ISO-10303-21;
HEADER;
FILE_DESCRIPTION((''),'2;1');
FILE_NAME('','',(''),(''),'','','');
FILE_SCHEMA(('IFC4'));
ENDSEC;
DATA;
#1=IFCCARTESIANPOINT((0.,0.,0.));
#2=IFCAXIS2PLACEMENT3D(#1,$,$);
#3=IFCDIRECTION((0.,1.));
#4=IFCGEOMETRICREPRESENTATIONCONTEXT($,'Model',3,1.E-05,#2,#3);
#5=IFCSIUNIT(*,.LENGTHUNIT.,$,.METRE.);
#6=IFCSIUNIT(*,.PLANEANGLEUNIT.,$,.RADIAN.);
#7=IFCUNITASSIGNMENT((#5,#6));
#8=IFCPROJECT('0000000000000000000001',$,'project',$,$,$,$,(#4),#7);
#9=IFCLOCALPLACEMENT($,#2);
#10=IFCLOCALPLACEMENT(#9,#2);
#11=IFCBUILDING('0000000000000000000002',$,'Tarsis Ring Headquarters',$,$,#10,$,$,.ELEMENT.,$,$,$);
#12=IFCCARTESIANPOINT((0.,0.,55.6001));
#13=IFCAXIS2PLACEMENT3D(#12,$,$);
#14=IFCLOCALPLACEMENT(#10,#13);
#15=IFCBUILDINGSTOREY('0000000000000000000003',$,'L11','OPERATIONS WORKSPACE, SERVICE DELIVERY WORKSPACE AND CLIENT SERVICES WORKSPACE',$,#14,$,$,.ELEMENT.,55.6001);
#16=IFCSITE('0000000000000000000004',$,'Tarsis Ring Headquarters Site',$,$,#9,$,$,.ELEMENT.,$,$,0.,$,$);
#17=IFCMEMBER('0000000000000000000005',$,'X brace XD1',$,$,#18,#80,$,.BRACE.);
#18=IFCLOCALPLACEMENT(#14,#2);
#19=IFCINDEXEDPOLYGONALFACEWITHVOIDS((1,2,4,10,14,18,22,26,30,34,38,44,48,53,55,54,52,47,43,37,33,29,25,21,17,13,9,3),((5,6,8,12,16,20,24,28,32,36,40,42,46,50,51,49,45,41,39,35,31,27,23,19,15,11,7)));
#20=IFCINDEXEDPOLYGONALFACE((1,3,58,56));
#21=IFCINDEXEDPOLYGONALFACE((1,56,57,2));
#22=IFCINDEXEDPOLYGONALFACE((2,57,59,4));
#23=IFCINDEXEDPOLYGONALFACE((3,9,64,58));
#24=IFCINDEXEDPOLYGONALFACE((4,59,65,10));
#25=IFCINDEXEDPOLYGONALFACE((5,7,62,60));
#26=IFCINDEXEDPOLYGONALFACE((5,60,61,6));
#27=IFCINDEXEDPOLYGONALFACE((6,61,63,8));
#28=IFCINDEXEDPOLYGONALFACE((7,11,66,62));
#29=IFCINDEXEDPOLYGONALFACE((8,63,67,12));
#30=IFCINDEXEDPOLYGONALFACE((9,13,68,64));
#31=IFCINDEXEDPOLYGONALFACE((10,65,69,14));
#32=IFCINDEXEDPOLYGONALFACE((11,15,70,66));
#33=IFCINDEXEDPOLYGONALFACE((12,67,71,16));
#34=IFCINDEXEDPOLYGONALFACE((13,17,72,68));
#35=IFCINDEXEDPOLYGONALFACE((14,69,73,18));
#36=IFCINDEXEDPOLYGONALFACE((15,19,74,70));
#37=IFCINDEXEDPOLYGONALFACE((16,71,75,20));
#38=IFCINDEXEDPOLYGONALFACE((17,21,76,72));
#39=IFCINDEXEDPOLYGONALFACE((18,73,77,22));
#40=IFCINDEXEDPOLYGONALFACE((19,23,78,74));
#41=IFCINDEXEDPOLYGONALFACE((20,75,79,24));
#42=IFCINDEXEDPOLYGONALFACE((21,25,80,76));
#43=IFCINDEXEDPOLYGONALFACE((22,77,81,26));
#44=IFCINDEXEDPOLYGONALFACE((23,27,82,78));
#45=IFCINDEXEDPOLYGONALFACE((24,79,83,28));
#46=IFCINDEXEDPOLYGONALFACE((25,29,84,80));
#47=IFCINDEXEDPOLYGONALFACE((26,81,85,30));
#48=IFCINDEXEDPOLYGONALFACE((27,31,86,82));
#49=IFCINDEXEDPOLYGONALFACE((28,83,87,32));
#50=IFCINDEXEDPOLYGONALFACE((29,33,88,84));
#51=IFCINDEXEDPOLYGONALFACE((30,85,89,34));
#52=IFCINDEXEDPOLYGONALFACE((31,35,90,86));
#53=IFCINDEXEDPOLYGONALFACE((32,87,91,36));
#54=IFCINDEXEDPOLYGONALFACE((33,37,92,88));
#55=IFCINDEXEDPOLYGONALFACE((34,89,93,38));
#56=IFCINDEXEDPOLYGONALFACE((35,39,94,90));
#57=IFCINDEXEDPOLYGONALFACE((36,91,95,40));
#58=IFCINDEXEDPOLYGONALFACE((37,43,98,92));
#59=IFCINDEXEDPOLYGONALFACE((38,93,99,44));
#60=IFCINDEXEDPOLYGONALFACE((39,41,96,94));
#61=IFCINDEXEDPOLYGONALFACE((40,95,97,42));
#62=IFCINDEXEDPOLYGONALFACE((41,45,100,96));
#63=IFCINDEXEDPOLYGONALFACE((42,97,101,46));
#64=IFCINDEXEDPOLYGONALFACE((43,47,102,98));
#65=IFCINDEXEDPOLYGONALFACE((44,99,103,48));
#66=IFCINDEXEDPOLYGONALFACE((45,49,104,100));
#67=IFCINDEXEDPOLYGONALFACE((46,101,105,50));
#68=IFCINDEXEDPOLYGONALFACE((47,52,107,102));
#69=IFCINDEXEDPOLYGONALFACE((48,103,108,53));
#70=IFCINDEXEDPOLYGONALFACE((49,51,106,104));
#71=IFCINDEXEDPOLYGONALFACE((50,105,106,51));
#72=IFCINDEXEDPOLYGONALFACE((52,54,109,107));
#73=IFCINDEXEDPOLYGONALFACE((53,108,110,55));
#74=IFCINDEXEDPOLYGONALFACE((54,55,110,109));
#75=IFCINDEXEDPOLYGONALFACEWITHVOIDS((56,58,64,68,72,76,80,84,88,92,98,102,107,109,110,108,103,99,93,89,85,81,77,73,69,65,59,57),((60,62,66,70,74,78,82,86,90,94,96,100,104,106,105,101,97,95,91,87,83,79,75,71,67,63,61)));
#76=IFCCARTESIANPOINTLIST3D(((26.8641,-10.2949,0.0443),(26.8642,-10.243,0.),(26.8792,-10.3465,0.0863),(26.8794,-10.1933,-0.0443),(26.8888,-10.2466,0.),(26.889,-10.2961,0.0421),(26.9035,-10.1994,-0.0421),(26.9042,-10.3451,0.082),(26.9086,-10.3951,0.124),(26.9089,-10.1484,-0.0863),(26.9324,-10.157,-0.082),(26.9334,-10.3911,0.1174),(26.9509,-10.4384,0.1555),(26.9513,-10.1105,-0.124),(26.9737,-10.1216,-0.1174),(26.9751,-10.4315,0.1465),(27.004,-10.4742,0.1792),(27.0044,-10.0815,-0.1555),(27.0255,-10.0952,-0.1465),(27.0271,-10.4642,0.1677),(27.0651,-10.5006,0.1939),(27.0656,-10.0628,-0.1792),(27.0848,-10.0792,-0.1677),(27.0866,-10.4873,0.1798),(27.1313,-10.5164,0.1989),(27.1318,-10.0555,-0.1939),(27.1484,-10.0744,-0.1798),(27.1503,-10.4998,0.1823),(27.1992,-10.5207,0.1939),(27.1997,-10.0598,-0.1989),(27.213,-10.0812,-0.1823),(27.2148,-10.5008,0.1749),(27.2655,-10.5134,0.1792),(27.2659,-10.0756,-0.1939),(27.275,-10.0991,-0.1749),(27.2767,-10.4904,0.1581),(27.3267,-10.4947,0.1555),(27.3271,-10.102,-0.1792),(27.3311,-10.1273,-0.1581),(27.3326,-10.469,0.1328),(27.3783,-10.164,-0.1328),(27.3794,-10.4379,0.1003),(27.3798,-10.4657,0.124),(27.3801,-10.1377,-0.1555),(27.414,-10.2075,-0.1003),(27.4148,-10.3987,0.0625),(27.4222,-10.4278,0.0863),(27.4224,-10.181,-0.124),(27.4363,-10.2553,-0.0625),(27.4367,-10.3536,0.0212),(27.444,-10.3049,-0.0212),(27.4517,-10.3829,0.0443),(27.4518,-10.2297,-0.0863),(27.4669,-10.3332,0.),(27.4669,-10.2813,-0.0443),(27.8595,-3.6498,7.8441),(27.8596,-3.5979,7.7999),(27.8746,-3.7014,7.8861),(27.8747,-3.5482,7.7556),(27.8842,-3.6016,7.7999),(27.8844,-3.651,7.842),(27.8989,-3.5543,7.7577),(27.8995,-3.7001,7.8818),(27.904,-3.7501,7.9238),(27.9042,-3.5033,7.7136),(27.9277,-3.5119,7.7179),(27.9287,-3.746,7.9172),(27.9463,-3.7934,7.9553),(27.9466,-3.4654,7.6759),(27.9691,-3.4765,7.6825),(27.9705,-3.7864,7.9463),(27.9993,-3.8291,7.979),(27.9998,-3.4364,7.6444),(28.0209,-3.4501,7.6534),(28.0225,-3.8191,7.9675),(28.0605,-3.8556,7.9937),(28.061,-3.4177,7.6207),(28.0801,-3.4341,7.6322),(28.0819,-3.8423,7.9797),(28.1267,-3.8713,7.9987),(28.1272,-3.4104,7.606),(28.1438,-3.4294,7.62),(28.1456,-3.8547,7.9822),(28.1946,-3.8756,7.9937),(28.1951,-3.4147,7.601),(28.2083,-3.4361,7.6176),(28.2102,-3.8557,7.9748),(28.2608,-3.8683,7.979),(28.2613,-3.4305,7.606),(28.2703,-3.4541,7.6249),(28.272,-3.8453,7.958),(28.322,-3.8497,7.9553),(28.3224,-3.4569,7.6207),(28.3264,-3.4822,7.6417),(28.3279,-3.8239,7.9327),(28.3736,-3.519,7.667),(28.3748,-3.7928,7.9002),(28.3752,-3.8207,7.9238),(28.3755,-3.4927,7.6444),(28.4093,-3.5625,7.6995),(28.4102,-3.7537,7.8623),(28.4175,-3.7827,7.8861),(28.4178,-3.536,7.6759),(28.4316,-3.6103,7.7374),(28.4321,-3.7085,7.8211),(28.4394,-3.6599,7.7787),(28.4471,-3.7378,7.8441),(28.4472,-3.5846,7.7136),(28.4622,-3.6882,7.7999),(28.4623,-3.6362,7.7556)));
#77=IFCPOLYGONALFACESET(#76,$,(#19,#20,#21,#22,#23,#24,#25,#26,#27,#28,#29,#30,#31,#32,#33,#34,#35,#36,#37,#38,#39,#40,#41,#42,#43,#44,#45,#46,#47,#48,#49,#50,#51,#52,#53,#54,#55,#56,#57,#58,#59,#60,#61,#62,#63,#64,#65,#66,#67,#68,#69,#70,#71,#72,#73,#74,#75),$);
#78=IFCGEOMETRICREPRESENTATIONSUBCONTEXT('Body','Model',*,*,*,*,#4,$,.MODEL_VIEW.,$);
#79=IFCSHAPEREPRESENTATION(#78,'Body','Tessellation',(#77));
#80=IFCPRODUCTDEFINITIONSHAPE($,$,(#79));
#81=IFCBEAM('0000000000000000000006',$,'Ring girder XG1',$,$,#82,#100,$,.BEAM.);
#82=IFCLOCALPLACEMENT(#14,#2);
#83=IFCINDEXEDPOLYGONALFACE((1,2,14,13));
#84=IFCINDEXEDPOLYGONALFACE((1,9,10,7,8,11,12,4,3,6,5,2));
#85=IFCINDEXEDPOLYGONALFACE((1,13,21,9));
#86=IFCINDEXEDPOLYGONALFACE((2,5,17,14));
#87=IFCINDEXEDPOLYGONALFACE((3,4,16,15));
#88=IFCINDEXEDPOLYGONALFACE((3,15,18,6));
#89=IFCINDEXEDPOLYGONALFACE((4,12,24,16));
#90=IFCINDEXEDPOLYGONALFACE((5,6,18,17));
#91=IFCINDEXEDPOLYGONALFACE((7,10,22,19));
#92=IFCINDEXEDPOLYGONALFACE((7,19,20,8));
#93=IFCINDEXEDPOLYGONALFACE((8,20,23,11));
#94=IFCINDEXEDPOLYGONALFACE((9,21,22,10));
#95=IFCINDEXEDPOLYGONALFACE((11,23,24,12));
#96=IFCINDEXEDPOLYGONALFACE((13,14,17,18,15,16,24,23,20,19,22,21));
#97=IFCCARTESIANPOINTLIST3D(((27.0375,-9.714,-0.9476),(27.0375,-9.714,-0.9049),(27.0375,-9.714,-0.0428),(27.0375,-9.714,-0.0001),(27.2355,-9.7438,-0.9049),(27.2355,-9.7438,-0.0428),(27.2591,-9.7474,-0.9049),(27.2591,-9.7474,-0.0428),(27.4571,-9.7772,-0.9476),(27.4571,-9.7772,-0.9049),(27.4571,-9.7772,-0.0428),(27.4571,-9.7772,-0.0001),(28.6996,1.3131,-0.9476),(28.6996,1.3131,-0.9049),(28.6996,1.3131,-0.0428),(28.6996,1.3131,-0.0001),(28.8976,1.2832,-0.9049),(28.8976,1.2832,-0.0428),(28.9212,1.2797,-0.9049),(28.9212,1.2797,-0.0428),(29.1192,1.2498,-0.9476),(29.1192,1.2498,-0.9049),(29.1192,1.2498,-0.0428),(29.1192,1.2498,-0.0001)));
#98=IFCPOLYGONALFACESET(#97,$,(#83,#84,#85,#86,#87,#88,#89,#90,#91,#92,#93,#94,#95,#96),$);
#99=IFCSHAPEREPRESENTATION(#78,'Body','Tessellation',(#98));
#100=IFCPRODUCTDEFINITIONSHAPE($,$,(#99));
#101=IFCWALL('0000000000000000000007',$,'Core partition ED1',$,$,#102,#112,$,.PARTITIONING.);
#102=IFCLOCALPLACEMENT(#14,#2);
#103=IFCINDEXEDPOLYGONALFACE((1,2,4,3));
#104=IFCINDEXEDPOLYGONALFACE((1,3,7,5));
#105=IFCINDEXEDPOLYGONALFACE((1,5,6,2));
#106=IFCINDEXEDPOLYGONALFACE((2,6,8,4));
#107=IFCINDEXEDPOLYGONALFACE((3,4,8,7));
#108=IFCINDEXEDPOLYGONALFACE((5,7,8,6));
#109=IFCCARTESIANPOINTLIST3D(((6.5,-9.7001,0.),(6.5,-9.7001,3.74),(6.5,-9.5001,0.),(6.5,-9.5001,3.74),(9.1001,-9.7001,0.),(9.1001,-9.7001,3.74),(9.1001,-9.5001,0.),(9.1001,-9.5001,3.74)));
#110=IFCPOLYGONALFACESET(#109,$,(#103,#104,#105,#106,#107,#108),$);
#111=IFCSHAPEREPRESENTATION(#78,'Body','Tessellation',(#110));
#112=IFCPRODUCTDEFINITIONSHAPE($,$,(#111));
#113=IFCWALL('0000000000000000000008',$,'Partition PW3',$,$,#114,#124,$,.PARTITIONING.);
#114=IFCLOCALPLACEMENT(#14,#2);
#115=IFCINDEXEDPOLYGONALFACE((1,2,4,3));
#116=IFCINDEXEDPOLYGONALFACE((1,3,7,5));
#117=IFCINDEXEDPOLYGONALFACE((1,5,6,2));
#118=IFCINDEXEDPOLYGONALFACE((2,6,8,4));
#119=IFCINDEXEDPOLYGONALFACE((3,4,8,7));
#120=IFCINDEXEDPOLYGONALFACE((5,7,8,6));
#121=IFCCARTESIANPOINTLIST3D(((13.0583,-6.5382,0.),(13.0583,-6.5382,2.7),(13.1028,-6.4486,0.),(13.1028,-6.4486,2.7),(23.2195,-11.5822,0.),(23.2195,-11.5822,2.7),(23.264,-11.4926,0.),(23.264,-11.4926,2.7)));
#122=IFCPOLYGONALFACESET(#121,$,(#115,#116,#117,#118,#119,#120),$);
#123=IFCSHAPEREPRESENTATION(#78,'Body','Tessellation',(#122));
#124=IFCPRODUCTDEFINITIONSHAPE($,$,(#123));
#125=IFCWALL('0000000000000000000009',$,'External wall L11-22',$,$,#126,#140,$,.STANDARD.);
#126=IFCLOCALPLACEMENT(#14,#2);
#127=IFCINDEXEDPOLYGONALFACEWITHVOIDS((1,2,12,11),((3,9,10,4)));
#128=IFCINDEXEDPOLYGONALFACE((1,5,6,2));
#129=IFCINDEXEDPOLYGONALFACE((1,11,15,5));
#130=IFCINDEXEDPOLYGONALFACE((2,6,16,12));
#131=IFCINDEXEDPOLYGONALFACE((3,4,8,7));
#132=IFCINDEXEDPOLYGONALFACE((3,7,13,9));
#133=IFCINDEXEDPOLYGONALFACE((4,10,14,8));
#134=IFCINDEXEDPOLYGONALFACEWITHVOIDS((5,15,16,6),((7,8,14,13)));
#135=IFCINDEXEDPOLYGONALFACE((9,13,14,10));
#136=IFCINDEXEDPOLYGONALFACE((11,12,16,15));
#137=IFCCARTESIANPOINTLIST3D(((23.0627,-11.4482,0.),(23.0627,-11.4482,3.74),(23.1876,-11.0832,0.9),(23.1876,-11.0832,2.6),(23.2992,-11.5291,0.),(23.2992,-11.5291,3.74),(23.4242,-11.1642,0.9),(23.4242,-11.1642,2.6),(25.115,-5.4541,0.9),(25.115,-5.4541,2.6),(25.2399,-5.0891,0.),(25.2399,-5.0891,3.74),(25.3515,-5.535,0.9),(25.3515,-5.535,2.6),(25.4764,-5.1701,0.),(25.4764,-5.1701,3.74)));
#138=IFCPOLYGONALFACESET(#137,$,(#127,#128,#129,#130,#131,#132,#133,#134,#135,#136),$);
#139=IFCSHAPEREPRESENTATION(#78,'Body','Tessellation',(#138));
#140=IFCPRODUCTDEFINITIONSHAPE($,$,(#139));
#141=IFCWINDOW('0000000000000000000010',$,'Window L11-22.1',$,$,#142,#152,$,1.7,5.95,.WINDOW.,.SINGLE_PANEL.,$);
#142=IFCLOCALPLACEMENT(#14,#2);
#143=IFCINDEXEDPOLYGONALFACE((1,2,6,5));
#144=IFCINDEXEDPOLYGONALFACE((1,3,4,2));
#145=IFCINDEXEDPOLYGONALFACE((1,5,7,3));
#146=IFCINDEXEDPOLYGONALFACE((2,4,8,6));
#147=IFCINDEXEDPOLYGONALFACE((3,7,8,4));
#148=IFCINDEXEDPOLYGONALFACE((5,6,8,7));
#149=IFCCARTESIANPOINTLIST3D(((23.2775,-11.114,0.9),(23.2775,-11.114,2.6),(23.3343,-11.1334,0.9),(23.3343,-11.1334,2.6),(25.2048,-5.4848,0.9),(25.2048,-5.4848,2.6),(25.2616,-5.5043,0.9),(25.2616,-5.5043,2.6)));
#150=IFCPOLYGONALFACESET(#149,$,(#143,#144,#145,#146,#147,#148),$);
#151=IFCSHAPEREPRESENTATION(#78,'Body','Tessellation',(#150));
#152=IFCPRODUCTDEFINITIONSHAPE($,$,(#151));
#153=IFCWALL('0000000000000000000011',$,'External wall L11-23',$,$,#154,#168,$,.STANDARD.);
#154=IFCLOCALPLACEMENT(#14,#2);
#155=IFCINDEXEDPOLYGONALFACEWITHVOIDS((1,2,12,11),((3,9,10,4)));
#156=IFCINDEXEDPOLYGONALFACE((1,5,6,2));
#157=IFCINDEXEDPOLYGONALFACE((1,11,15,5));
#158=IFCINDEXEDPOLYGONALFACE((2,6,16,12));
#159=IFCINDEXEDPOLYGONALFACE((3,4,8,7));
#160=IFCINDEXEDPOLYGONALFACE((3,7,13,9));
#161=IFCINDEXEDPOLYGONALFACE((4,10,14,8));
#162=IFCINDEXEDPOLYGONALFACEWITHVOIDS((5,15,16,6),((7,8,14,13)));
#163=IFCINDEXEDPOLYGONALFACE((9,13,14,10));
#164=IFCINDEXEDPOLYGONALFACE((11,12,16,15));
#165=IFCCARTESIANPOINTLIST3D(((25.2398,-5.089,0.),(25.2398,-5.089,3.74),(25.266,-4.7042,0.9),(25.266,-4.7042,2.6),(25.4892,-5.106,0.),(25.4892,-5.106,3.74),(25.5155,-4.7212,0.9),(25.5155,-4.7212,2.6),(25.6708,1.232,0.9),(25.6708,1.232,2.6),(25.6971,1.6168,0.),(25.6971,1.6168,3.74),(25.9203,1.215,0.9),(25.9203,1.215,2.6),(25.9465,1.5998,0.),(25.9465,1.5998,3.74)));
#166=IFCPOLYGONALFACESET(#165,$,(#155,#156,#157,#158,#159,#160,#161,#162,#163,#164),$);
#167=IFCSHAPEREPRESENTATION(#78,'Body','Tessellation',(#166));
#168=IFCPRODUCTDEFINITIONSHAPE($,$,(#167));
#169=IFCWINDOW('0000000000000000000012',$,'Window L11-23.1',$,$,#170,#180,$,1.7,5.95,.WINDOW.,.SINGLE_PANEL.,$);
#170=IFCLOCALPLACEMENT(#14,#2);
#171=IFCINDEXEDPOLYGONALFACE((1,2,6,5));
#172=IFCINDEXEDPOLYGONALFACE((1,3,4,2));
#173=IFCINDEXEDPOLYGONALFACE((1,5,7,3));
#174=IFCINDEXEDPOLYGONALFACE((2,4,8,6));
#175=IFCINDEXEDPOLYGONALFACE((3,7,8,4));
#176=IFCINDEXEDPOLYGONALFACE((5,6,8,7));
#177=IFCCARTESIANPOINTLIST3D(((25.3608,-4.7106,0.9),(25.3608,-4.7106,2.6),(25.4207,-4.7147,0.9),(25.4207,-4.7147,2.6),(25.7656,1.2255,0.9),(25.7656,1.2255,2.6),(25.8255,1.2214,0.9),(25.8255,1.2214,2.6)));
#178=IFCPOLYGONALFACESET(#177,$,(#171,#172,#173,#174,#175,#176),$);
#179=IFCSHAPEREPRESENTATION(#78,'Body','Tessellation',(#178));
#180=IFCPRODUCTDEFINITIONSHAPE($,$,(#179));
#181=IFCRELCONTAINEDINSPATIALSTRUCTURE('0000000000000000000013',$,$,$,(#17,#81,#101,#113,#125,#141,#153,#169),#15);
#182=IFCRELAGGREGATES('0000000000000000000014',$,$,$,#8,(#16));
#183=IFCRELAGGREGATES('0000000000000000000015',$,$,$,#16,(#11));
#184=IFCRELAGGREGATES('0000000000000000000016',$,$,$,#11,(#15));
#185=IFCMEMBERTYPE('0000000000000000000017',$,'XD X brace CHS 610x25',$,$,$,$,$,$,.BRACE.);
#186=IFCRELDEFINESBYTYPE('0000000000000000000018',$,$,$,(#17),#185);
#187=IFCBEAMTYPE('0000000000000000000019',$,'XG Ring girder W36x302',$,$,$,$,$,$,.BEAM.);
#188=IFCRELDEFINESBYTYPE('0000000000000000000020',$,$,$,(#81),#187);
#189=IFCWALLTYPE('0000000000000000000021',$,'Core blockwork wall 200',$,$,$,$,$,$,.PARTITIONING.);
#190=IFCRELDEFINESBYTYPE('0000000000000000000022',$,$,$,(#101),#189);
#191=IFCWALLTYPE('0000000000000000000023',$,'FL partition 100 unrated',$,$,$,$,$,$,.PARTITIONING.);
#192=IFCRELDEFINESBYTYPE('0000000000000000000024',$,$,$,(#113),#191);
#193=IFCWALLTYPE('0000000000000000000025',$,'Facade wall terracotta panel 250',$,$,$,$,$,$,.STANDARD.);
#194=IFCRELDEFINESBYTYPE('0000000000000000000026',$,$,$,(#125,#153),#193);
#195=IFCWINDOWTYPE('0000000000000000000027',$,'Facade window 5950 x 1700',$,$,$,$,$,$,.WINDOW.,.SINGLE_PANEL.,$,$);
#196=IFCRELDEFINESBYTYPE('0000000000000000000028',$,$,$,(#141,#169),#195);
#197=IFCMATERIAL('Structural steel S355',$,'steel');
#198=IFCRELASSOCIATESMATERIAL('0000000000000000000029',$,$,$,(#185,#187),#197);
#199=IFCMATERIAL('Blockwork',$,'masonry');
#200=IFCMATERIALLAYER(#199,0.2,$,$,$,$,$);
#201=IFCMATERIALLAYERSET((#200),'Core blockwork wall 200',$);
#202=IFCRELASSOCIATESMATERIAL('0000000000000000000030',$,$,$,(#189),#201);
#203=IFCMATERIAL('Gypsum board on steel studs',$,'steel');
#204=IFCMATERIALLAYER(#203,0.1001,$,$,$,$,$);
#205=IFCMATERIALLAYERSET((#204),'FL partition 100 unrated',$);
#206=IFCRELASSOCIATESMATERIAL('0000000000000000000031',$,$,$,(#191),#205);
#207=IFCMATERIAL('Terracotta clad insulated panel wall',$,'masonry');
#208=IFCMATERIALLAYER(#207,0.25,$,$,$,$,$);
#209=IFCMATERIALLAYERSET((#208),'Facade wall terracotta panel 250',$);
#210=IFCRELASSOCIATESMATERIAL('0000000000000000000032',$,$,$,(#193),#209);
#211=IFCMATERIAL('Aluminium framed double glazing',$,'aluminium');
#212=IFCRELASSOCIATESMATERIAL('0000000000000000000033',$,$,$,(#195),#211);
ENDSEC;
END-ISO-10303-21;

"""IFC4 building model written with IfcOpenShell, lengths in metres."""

from ifc_helpers import new_model, si_unit, direction, frame, frame_2d, origin, origin_2d, place, context, subcontext, project, spatial, rectangle, hollow_circle, i_section, extrude, material, layer, layer_set, material_profile, profile_set, type_object, element, fill, save


model = new_model("IFC4")

# Units and contexts
model_context = context("Model", 3, precision=1e-05, world=origin(), true_north=direction((0.0, 1.0)))
body_context = subcontext(model_context, "Body", "Model", "MODEL_VIEW")
ifc_project = project(units=[si_unit("LENGTHUNIT", "METRE"), si_unit("PLANEANGLEUNIT", "RADIAN")], contexts=[model_context])

# Site, building, storey
site_placement = place(None, origin())
site = spatial("IfcSite", under=ifc_project, at=site_placement, Name="Tarsis Ring Headquarters Site", CompositionType="ELEMENT", RefElevation=0.0)
building_placement = place(site_placement, origin())
building = spatial("IfcBuilding", under=site, at=building_placement, Name="Tarsis Ring Headquarters", CompositionType="ELEMENT")
storey_placement = place(building_placement, frame((0.0, 0.0, 55.6001)))
storey = spatial("IfcBuildingStorey", under=building, at=storey_placement, Name="L11", Description="OPERATIONS WORKSPACE, SERVICE DELIVERY WORKSPACE AND CLIENT SERVICES WORKSPACE", CompositionType="ELEMENT", Elevation=55.6001)

# Shared definitions
ifc_material_1 = material(Name="Structural steel S355", Category="steel")

# Member
ifc_material_profile_1 = material_profile(ifc_material_1, hollow_circle(Radius=0.3047, WallThickness=0.0249, at=origin_2d()), Name="CHS 610x25")
ifc_profile_set_1 = profile_set([ifc_material_profile_1], Name="Structural steel S355")
member_type = type_object("IfcMemberType", Name="XD X brace CHS 610x25", PredefinedType="BRACE", material=ifc_profile_set_1)
member_placement = place(storey_placement, frame((27.1655, -10.2881, 0.0), z_axis=(0.096685, 0.64547, 0.757641), x_axis=(-0.988967, 0.148138, 0.0)))
element("IfcMember", 1, at=member_placement, inside=storey, type_object=member_type, Name="X brace XD1", PredefinedType="BRACE", context=body_context, shape_type="SweptSolid", body=[
    extrude(hollow_circle(Radius=0.3047, WallThickness=0.0249, at=origin_2d()), origin(), (0.0, 0.0, 1.0), 10.2949),
])

# Beam
ifc_material_profile_2 = material_profile(ifc_material_1, i_section(OverallWidth=0.4243, OverallDepth=0.9475, WebThickness=0.0239, FlangeThickness=0.0427, at=origin_2d()), Name="W36x302")
ifc_profile_set_2 = profile_set([ifc_material_profile_2], Name="Structural steel S355")
beam_type_1 = type_object("IfcBeamType", Name="XG Ring girder W36x302", PredefinedType="BEAM", material=ifc_profile_set_2)
beam_1_placement = place(storey_placement, frame((27.2473, -9.7456, -0.4739), z_axis=(0.149046, 0.98883, 0.0), x_axis=(-0.98883, 0.149046, 0.0)))
element("IfcBeam", 2, at=beam_1_placement, inside=storey, type_object=beam_type_1, Name="Ring girder XG1", PredefinedType="BEAM", context=body_context, shape_type="SweptSolid", body=[
    extrude(i_section(OverallWidth=0.4243, OverallDepth=0.9475, WebThickness=0.0239, FlangeThickness=0.0427, at=origin_2d()), origin(), (0.0, 0.0, 1.0), 11.1516),
])

# Walls
ifc_material_2 = material(Name="Blockwork", Category="masonry")
ifc_layer_1 = layer(ifc_material_2, 0.2)
ifc_layer_set_1 = layer_set([ifc_layer_1], Name="Core blockwork wall 200")
wall_type_1 = type_object("IfcWallType", Name="Core blockwork wall 200", PredefinedType="PARTITIONING", material=ifc_layer_set_1)
wall_1_placement = place(storey_placement, frame((6.5, -9.6001, 0.0), z_axis=(0.0, 0.0, 1.0), x_axis=(1.0, 0.0, 0.0)))
element("IfcWall", 3, at=wall_1_placement, inside=storey, type_object=wall_type_1, Name="Core partition ED1", PredefinedType="PARTITIONING", context=body_context, shape_type="SweptSolid", body=[
    extrude(rectangle(XDim=2.6001, YDim=0.2, at=frame_2d((1.3, 0.0))), origin(), (0.0, 0.0, 1.0), 3.74),
])
ifc_material_3 = material(Name="Gypsum board on steel studs", Category="steel")
ifc_layer_2 = layer(ifc_material_3, 0.1001)
ifc_layer_set_2 = layer_set([ifc_layer_2], Name="FL partition 100 unrated")
wall_type_2 = type_object("IfcWallType", Name="FL partition 100 unrated", PredefinedType="PARTITIONING", material=ifc_layer_set_2)
wall_2_placement = place(storey_placement, frame((13.0806, -6.4934, 0.0), z_axis=(0.0, 0.0, 1.0), x_axis=(0.895715, -0.444629, 0.0)))
element("IfcWall", 4, at=wall_2_placement, inside=storey, type_object=wall_type_2, Name="Partition PW3", PredefinedType="PARTITIONING", context=body_context, shape_type="SweptSolid", body=[
    extrude(rectangle(XDim=11.3442, YDim=0.1001, at=frame_2d((5.6721, 0.0))), origin(), (0.0, 0.0, 1.0), 2.7),
])

# Walls, openings, windows
ifc_material_4 = material(Name="Terracotta clad insulated panel wall", Category="masonry")
ifc_layer_3 = layer(ifc_material_4, 0.25)
ifc_layer_set_3 = layer_set([ifc_layer_3], Name="Facade wall terracotta panel 250")
wall_type_3 = type_object("IfcWallType", Name="Facade wall terracotta panel 250", PredefinedType="STANDARD", material=ifc_layer_set_3)
wall_3_placement = place(storey_placement, frame((23.1809, -11.4888, 0.0), z_axis=(0.0, 0.0, 1.0), x_axis=(0.323921, 0.946084, 0.0)))
wall_3 = element("IfcWall", 5, at=wall_3_placement, inside=storey, type_object=wall_type_3, Name="External wall L11-22", PredefinedType="STANDARD", context=body_context, shape_type="SweptSolid", body=[
    extrude(rectangle(XDim=6.7214, YDim=0.25, at=frame_2d((3.3608, 0.0))), origin(), (0.0, 0.0, 1.0), 3.74),
])
opening_1_placement = place(wall_3_placement, frame((0.3857, 0.0, 0.8999)))
opening_1 = element("IfcOpeningElement", 6, at=opening_1_placement, cuts=wall_3, PredefinedType="OPENING", context=body_context, shape_type="SweptSolid", body=[
    extrude(rectangle(XDim=5.95, YDim=1.7, at=frame_2d((2.9751, 0.8501))), frame((0.0, 0.135, 0.0), z_axis=(0.0, -1.0, 0.0), x_axis=(1.0, 0.0, 0.0)), (0.0, 0.0, 1.0), 0.27),
])
ifc_material_5 = material(Name="Aluminium framed double glazing", Category="aluminium")
window_type = type_object("IfcWindowType", Name="Facade window 5950 x 1700", PartitioningType="SINGLE_PANEL", PredefinedType="WINDOW", material=ifc_material_5)
window_1_placement = place(opening_1_placement, origin())
window_1 = element("IfcWindow", 7, at=window_1_placement, inside=storey, type_object=window_type, Name="Window L11-22.1", OverallHeight=1.7, OverallWidth=5.95, PartitioningType="SINGLE_PANEL", PredefinedType="WINDOW", context=body_context, shape_type="SweptSolid", body=[
    extrude(rectangle(XDim=5.95, YDim=1.7, at=frame_2d((2.9751, 0.8501))), frame((0.0, 0.03, 0.0), z_axis=(0.0, -1.0, 0.0), x_axis=(1.0, 0.0, 0.0)), (0.0, 0.0, 1.0), 0.0601),
])
fill(opening_1, window_1)
wall_4_placement = place(storey_placement, frame((25.3645, -5.0977, 0.0), z_axis=(0.0, 0.0, 1.0), x_axis=(0.068033, 0.997683, 0.0)))
wall_4 = element("IfcWall", 8, at=wall_4_placement, inside=storey, type_object=wall_type_3, Name="External wall L11-23", PredefinedType="STANDARD", context=body_context, shape_type="SweptSolid", body=[
    extrude(rectangle(XDim=6.7214, YDim=0.25, at=frame_2d((3.3608, 0.0))), origin(), (0.0, 0.0, 1.0), 3.74),
])
opening_2_placement = place(wall_4_placement, frame((0.3857, 0.0, 0.8999)))
opening_2 = element("IfcOpeningElement", 9, at=opening_2_placement, cuts=wall_4, PredefinedType="OPENING", context=body_context, shape_type="SweptSolid", body=[
    extrude(rectangle(XDim=5.95, YDim=1.7, at=frame_2d((2.9751, 0.8501))), frame((0.0, 0.135, 0.0), z_axis=(0.0, -1.0, 0.0), x_axis=(1.0, 0.0, 0.0)), (0.0, 0.0, 1.0), 0.27),
])
window_2_placement = place(opening_2_placement, origin())
window_2 = element("IfcWindow", 10, at=window_2_placement, inside=storey, type_object=window_type, Name="Window L11-23.1", OverallHeight=1.7, OverallWidth=5.95, PartitioningType="SINGLE_PANEL", PredefinedType="WINDOW", context=body_context, shape_type="SweptSolid", body=[
    extrude(rectangle(XDim=5.95, YDim=1.7, at=frame_2d((2.9751, 0.8501))), frame((0.0, 0.03, 0.0), z_axis=(0.0, -1.0, 0.0), x_axis=(1.0, 0.0, 0.0)), (0.0, 0.0, 1.0), 0.0601),
])
fill(opening_2, window_2)

save(model, "model.ifc")
